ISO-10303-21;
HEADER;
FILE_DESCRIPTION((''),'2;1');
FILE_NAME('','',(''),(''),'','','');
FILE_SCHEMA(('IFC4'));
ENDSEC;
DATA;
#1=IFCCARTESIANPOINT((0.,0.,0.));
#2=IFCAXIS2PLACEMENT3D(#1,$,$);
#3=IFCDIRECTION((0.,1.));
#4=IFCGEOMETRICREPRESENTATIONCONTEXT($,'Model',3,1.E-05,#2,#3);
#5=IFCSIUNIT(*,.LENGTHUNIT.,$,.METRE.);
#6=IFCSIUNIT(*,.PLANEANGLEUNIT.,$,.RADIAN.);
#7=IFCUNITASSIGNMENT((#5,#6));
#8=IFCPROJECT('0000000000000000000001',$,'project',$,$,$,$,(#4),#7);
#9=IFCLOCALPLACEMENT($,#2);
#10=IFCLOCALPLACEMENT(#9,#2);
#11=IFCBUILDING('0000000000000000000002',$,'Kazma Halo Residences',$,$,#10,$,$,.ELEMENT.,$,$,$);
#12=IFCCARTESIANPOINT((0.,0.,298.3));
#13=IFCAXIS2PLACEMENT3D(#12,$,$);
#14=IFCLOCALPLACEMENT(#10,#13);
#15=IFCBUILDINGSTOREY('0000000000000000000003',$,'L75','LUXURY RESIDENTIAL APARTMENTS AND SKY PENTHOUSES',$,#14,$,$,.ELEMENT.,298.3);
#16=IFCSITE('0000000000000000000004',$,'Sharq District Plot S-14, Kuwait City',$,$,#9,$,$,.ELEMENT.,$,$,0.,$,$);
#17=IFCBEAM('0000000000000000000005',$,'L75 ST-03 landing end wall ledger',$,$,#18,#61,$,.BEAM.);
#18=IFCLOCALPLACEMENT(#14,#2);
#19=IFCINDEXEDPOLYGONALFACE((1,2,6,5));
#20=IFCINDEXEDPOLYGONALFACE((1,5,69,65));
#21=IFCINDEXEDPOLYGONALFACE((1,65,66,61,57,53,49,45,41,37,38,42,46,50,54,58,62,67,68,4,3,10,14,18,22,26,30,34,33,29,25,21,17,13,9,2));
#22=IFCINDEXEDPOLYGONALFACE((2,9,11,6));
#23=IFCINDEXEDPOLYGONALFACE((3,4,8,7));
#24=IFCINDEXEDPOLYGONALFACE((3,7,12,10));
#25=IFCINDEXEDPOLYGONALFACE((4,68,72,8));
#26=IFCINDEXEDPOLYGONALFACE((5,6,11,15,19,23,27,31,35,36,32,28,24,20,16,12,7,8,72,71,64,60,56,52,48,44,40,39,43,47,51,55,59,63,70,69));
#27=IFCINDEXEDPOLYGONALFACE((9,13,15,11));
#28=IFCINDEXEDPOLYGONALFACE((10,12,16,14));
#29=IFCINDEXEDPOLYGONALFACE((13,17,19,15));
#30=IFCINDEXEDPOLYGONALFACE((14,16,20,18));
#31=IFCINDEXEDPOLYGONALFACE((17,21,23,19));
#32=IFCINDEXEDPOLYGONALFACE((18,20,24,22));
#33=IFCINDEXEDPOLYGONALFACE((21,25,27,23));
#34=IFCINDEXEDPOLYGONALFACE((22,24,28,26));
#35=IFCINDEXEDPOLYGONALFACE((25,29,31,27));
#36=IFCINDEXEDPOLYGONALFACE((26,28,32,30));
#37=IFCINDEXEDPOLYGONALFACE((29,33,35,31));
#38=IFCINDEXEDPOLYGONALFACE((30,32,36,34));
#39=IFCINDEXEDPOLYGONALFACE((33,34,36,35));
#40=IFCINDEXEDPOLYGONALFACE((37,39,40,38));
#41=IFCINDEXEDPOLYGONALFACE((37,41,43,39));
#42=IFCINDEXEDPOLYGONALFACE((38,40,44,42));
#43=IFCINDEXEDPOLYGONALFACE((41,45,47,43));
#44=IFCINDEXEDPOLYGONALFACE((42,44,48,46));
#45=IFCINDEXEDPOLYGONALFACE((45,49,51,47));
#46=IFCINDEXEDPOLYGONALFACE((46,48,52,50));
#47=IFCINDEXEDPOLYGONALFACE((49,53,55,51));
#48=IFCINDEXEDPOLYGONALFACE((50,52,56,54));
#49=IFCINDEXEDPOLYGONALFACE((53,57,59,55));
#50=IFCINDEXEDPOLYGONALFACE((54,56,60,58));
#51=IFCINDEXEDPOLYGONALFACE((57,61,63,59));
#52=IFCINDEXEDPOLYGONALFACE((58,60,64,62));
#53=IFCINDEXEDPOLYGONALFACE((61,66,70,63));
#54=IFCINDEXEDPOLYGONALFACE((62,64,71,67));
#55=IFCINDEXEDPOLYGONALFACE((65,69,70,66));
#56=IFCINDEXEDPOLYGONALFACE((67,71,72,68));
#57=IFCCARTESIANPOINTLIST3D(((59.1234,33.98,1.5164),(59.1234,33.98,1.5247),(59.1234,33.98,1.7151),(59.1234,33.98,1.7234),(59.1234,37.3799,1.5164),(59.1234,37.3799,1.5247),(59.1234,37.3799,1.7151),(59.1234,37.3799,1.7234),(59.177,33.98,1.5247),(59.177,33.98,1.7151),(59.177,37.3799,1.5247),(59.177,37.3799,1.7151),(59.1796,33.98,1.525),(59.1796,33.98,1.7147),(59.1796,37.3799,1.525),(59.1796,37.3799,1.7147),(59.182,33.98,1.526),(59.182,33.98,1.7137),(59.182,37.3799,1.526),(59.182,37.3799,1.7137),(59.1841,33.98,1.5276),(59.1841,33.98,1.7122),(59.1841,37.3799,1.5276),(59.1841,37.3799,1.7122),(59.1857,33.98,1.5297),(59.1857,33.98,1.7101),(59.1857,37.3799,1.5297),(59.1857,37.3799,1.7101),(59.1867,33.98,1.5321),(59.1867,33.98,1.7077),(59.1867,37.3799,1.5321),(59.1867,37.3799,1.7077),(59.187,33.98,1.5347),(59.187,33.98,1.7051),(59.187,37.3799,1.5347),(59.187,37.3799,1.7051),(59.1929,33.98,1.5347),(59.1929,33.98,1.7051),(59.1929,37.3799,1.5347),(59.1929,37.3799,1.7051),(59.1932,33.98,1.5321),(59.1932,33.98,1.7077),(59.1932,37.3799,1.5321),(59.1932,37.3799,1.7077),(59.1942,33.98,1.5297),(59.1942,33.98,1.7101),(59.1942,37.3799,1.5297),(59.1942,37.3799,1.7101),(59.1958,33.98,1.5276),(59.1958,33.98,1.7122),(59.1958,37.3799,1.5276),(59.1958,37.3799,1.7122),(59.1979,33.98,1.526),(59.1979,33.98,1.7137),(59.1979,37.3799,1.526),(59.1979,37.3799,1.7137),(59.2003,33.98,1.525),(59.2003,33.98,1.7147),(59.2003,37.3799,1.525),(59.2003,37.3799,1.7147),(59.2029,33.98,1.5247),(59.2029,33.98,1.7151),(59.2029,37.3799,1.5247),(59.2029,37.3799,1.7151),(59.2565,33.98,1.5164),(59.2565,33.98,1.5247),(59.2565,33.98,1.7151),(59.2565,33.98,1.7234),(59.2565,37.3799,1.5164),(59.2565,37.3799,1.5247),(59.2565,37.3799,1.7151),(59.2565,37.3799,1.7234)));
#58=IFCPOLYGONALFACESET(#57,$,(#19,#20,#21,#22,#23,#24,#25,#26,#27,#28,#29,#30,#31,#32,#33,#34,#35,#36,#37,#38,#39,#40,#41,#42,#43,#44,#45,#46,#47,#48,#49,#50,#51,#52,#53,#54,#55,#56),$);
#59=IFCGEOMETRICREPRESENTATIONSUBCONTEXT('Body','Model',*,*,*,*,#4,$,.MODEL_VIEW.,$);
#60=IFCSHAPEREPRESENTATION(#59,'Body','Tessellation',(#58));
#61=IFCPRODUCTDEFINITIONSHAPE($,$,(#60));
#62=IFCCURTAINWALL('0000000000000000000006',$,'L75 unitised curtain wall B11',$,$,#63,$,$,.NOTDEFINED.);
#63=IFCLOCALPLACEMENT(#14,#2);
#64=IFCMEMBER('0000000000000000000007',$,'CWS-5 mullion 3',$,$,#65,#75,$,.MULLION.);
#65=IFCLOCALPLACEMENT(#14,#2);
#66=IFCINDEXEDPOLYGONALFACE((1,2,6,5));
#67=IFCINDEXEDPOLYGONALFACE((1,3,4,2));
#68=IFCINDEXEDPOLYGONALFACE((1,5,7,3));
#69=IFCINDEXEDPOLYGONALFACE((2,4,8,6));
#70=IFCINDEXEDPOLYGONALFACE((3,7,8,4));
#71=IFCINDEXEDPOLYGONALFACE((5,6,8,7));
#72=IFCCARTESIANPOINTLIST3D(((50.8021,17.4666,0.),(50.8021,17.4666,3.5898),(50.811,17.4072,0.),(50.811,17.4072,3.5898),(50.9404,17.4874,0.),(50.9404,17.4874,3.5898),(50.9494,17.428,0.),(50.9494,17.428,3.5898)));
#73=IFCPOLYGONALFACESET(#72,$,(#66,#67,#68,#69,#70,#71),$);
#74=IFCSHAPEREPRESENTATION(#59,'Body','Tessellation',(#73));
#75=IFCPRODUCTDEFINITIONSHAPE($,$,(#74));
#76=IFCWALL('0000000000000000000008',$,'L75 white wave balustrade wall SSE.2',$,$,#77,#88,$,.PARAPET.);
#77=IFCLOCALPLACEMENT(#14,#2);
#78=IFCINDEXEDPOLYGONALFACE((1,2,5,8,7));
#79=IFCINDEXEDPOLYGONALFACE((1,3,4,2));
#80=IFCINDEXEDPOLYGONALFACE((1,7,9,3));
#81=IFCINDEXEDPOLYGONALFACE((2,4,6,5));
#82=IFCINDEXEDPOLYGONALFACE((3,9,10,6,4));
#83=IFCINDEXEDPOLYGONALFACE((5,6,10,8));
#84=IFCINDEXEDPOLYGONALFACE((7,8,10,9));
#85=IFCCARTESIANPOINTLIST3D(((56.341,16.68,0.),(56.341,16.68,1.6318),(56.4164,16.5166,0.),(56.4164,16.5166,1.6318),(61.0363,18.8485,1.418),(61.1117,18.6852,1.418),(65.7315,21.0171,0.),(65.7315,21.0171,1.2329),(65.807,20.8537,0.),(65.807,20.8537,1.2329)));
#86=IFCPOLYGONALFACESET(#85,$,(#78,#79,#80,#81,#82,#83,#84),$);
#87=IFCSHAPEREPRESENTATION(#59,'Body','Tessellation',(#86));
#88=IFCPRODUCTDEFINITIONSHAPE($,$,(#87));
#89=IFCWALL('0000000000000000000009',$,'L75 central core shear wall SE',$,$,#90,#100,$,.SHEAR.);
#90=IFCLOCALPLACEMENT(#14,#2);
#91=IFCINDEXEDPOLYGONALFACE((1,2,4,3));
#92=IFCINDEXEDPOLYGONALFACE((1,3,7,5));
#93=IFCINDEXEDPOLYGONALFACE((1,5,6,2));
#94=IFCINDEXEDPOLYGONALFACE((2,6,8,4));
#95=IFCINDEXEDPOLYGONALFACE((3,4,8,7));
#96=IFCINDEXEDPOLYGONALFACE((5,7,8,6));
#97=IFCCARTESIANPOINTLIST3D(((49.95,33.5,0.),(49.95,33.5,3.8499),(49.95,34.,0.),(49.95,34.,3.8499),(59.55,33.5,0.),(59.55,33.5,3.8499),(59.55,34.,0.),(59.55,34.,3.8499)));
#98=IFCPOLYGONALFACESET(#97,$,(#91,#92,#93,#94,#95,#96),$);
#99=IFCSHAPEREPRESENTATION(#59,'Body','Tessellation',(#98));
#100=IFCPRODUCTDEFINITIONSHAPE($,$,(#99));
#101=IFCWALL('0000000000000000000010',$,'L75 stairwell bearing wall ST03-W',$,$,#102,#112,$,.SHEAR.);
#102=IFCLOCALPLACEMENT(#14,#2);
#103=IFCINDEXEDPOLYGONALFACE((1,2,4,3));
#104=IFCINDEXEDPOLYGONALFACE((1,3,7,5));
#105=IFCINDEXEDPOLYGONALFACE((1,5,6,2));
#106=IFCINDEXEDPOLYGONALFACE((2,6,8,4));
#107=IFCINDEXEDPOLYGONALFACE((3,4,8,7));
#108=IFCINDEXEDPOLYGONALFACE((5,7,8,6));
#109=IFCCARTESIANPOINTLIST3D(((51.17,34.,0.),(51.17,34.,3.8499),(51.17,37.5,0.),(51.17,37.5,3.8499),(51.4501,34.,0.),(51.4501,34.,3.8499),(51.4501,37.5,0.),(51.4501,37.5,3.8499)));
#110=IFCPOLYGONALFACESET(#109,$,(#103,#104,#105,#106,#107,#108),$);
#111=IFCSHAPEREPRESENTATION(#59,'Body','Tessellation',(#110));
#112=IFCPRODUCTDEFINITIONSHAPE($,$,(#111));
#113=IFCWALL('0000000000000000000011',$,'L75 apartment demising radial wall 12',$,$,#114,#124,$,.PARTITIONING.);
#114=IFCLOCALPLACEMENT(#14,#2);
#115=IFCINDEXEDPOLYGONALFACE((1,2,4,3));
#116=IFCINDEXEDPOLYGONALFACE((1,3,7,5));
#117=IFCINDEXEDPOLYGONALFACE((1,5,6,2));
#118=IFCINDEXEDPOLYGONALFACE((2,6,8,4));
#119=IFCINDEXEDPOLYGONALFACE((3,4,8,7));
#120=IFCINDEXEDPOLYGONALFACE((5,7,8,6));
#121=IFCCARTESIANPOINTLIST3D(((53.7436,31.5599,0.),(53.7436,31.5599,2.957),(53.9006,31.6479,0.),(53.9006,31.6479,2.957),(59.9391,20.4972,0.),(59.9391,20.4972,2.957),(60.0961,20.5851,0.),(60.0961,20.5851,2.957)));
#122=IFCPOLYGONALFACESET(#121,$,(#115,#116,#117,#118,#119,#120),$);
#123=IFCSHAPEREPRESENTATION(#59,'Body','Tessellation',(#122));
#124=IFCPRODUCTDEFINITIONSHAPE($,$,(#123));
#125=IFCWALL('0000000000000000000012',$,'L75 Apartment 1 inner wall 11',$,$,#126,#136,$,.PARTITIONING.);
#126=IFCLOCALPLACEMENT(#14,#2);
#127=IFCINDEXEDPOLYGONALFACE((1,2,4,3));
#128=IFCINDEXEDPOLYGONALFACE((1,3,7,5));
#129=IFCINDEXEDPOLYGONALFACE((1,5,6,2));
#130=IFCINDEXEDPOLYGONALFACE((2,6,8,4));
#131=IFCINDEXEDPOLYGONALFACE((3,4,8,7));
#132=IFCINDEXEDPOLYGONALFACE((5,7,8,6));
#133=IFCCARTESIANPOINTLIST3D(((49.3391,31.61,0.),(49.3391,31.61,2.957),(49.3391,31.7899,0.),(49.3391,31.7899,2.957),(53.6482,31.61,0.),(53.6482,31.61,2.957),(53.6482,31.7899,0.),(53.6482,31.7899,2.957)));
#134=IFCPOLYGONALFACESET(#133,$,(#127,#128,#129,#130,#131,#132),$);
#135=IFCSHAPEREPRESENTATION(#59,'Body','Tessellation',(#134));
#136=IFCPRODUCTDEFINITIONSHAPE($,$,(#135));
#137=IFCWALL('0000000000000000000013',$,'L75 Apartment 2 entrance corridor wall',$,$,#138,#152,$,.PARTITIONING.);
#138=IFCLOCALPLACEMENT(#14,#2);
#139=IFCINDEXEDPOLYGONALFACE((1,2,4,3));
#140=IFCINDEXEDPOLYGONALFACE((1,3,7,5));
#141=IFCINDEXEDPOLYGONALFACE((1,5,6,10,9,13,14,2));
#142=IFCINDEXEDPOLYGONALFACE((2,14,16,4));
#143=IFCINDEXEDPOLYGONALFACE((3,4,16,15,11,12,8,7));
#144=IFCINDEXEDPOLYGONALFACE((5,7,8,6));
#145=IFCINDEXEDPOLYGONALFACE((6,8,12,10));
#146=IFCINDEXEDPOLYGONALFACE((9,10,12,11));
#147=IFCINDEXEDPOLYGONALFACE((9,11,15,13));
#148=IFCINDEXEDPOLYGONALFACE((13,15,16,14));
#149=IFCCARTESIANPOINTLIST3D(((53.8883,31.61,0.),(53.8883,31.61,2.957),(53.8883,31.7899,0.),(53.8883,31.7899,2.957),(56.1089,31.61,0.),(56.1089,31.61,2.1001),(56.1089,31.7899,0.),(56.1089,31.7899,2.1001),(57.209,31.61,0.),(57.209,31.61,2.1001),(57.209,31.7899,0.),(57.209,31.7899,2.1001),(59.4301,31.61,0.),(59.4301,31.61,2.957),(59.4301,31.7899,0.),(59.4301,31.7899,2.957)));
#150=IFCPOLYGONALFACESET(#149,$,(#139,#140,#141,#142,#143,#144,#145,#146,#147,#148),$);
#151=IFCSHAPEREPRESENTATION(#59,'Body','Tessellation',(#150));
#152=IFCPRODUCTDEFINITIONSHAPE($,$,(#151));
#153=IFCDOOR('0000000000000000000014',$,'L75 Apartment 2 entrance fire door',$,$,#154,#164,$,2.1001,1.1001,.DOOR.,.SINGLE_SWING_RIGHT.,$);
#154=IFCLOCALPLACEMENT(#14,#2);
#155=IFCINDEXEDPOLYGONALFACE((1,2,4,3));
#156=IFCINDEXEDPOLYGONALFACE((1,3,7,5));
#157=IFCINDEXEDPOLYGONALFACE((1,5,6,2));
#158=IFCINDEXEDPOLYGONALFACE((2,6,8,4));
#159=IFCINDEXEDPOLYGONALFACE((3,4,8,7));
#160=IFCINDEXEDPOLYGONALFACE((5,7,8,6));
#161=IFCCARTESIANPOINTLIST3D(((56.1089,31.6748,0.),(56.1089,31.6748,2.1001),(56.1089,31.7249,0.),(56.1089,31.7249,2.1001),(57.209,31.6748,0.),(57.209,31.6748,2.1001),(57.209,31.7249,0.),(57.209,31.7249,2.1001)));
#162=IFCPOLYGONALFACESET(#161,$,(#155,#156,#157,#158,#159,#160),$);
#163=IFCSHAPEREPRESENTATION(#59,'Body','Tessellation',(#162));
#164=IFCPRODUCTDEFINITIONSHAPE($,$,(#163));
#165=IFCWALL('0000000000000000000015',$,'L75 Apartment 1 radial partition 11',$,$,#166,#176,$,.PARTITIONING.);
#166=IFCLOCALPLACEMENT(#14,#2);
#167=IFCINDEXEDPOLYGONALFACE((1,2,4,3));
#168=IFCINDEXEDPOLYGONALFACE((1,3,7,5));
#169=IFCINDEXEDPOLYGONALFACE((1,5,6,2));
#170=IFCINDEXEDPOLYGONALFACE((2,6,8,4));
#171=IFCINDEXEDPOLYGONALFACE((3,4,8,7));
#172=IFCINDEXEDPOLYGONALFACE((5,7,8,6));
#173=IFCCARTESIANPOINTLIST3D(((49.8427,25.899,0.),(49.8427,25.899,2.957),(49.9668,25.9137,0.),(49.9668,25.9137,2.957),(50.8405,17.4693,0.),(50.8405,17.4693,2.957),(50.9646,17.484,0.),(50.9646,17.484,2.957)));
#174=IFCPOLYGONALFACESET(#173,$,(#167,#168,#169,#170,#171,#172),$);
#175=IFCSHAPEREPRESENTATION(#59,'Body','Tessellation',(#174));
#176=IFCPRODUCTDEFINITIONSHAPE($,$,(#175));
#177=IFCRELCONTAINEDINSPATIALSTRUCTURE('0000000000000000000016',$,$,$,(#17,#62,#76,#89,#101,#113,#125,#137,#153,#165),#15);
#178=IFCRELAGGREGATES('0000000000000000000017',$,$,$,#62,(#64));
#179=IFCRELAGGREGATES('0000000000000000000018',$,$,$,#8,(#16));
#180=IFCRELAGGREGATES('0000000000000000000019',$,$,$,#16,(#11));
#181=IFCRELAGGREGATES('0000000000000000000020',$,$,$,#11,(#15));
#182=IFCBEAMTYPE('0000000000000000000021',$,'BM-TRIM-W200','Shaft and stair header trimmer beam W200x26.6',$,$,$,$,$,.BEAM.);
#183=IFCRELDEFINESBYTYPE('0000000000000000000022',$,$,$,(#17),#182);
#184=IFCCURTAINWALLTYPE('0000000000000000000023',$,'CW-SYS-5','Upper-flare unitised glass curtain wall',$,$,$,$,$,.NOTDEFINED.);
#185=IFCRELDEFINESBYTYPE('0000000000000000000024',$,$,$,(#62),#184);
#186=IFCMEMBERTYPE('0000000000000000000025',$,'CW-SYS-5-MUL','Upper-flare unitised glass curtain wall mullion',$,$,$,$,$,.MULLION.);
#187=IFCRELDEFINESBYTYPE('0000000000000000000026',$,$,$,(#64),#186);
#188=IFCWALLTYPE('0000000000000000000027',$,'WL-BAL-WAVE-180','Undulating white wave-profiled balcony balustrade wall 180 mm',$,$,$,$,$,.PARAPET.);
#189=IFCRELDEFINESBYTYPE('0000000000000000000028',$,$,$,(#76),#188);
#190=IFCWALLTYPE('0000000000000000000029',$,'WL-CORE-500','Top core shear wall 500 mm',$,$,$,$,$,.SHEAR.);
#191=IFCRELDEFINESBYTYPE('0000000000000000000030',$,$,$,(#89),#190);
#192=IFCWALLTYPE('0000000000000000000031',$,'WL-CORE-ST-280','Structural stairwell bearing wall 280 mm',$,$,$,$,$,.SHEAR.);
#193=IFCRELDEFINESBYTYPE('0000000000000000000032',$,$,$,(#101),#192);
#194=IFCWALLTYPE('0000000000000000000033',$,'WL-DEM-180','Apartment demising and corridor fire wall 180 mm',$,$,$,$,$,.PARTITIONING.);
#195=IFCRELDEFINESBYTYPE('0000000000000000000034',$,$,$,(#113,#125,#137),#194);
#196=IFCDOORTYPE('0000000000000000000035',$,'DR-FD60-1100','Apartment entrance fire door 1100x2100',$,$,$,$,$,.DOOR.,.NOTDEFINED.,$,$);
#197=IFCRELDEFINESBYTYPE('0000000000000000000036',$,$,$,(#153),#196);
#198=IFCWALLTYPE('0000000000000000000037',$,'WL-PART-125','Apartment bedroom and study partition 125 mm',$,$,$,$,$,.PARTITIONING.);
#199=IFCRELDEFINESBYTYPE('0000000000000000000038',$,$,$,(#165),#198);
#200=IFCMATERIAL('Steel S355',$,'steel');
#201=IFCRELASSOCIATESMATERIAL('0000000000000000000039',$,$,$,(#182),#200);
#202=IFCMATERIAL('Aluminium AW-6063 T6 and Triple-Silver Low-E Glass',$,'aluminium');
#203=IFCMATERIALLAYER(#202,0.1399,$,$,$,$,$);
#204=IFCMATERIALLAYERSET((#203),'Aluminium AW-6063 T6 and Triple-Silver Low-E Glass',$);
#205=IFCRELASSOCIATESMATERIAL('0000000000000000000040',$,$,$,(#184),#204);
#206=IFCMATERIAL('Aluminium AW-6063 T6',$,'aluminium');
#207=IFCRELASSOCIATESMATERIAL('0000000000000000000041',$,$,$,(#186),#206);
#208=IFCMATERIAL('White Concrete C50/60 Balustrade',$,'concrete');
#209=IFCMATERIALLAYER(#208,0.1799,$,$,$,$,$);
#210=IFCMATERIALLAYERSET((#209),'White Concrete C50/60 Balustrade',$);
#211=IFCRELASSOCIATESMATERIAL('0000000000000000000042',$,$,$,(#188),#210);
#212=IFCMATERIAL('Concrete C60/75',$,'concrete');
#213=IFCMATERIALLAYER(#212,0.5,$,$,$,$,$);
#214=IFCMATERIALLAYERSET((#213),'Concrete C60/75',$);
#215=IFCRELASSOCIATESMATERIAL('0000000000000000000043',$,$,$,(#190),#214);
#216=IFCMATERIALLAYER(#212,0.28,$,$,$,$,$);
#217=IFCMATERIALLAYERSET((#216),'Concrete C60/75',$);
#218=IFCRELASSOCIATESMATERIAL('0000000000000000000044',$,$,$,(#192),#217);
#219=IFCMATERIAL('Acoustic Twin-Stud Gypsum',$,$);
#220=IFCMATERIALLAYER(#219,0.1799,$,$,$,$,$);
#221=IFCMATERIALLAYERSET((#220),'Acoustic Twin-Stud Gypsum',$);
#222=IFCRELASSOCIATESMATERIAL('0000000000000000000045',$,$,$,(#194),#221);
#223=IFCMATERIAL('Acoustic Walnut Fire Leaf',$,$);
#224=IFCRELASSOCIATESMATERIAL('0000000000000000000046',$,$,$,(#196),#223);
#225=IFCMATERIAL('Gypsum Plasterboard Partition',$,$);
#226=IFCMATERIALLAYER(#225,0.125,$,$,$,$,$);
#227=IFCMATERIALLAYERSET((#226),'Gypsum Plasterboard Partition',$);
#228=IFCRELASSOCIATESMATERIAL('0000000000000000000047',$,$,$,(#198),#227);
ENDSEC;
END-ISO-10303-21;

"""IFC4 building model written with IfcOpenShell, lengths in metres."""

from ifc_helpers import new_model, si_unit, direction, frame, frame_2d, origin, origin_2d, place, context, subcontext, project, spatial, polyline, rectangle, i_section, outline, extrude, material, layer, layer_set, material_profile, profile_set, type_object, element, fill, aggregate, save


model = new_model("IFC4")

# Units and contexts
model_context = context("Model", 3, precision=1e-05, world=origin(), true_north=direction((0.0, 1.0)))
body_context = subcontext(model_context, "Body", "Model", "MODEL_VIEW")
ifc_project = project(units=[si_unit("LENGTHUNIT", "METRE"), si_unit("PLANEANGLEUNIT", "RADIAN")], contexts=[model_context])

# Site, building, storey
site_placement = place(None, origin())
site = spatial("IfcSite", under=ifc_project, at=site_placement, Name="Sharq District Plot S-14, Kuwait City", CompositionType="ELEMENT", RefElevation=0.0)
building_placement = place(site_placement, origin())
building = spatial("IfcBuilding", under=site, at=building_placement, Name="Kazma Halo Residences", CompositionType="ELEMENT")
storey_placement = place(building_placement, frame((0.0, 0.0, 298.3)))
storey = spatial("IfcBuildingStorey", under=building, at=storey_placement, Name="L75", Description="LUXURY RESIDENTIAL APARTMENTS AND SKY PENTHOUSES", CompositionType="ELEMENT", Elevation=298.3)

# Shared definitions
ifc_material_1 = material(Name="Concrete C60/75", Category="concrete")

# Beam
ifc_material_2 = material(Name="Steel S355", Category="steel")
ifc_material_profile_1 = material_profile(ifc_material_2, i_section(OverallWidth=0.1331, OverallDepth=0.207, WebThickness=0.0059, FlangeThickness=0.0083, FilletRadius=0.01, at=origin_2d()), Name="W200x26.6")
ifc_profile_set_1 = profile_set([ifc_material_profile_1], Name="Steel S355")
beam_type_1 = type_object("IfcBeamType", Name="BM-TRIM-W200", Description="Shaft and stair header trimmer beam W200x26.6", PredefinedType="BEAM", material=ifc_profile_set_1)
beam_1_placement = place(storey_placement, frame((59.1899, 33.98, 1.6199), z_axis=(0.0, 1.0, 0.0), x_axis=(-1.0, 0.0, 0.0)))
element("IfcBeam", 1, at=beam_1_placement, inside=storey, type_object=beam_type_1, Name="L75 ST-03 landing end wall ledger", PredefinedType="BEAM", context=body_context, shape_type="SweptSolid", body=[
    extrude(i_section(OverallWidth=0.1331, OverallDepth=0.207, WebThickness=0.0059, FlangeThickness=0.0083, FilletRadius=0.01, at=origin_2d()), origin(), (0.0, 0.0, 1.0), 3.3999),
])

# Curtain wall, member
ifc_material_3 = material(Name="Aluminium AW-6063 T6 and Triple-Silver Low-E Glass", Category="aluminium")
ifc_layer_1 = layer(ifc_material_3, 0.1399)
ifc_layer_set_1 = layer_set([ifc_layer_1], Name="Aluminium AW-6063 T6 and Triple-Silver Low-E Glass")
curtain_wall_type = type_object("IfcCurtainWallType", Name="CW-SYS-5", Description="Upper-flare unitised glass curtain wall", PredefinedType="NOTDEFINED", material=ifc_layer_set_1)
curtain_wall_placement = place(storey_placement, origin())
curtain_wall = element("IfcCurtainWall", 2, at=curtain_wall_placement, inside=storey, type_object=curtain_wall_type, Name="L75 unitised curtain wall B11", PredefinedType="NOTDEFINED")
ifc_material_4 = material(Name="Aluminium AW-6063 T6", Category="aluminium")
ifc_material_profile_2 = material_profile(ifc_material_4, rectangle(XDim=0.0601, YDim=0.1399, at=origin_2d()), Name="CWM-60x140")
ifc_profile_set_2 = profile_set([ifc_material_profile_2], Name="Aluminium AW-6063 T6")
member_type = type_object("IfcMemberType", Name="CW-SYS-5-MUL", Description="Upper-flare unitised glass curtain wall mullion", PredefinedType="MULLION", material=ifc_profile_set_2)
member_placement = place(storey_placement, frame((50.8757, 17.4473, 0.0), z_axis=(0.0, 0.0, 1.0), x_axis=(-0.148697, 0.988883, 0.0)))
member = element("IfcMember", 3, at=member_placement, type_object=member_type, Name="CWS-5 mullion 3", PredefinedType="MULLION", context=body_context, shape_type="SweptSolid", body=[
    extrude(rectangle(XDim=0.0601, YDim=0.1399, at=origin_2d()), origin(), (0.0, 0.0, 1.0), 3.5898),
])
aggregate(curtain_wall, [member])

# Walls
ifc_material_5 = material(Name="White Concrete C50/60 Balustrade", Category="concrete")
ifc_layer_2 = layer(ifc_material_5, 0.1799)
ifc_layer_set_2 = layer_set([ifc_layer_2], Name="White Concrete C50/60 Balustrade")
wall_type_1 = type_object("IfcWallType", Name="WL-BAL-WAVE-180", Description="Undulating white wave-profiled balcony balustrade wall 180 mm", PredefinedType="PARAPET", material=ifc_layer_set_2)
wall_1_placement = place(storey_placement, frame((56.3787, 16.5984, 0.0), z_axis=(0.0, 0.0, 1.0), x_axis=(0.907848, 0.419299, 0.0)))
element("IfcWall", 4, at=wall_1_placement, inside=storey, type_object=wall_type_1, Name="L75 white wave balustrade wall SSE.2", PredefinedType="PARAPET", context=body_context, shape_type="SweptSolid", body=[
    extrude(outline(polyline([(0.0, 0.0), (10.3438, 0.0), (10.3438, 1.2329), (5.1719, 1.418), (0.0, 1.6318), (0.0, 0.0)])), frame((0.0, 0.0898, 0.0), z_axis=(0.0, -1.0, 0.0), x_axis=(1.0, 0.0, 0.0)), (0.0, 0.0, 1.0), 0.1799),
])
ifc_layer_3 = layer(ifc_material_1, 0.5)
ifc_layer_set_3 = layer_set([ifc_layer_3], Name="Concrete C60/75")
wall_type_2 = type_object("IfcWallType", Name="WL-CORE-500", Description="Top core shear wall 500 mm", PredefinedType="SHEAR", material=ifc_layer_set_3)
wall_2_placement = place(storey_placement, frame((49.95, 33.75, 0.0), z_axis=(0.0, 0.0, 1.0), x_axis=(1.0, 0.0, 0.0)))
element("IfcWall", 5, at=wall_2_placement, inside=storey, type_object=wall_type_2, Name="L75 central core shear wall SE", PredefinedType="SHEAR", context=body_context, shape_type="SweptSolid", body=[
    extrude(rectangle(XDim=9.6001, YDim=0.5, at=frame_2d((4.8, 0.0))), origin(), (0.0, 0.0, 1.0), 3.8499),
])
ifc_layer_4 = layer(ifc_material_1, 0.28)
ifc_layer_set_4 = layer_set([ifc_layer_4], Name="Concrete C60/75")
wall_type_3 = type_object("IfcWallType", Name="WL-CORE-ST-280", Description="Structural stairwell bearing wall 280 mm", PredefinedType="SHEAR", material=ifc_layer_set_4)
wall_3_placement = place(storey_placement, frame((51.3101, 34.0, 0.0), z_axis=(0.0, 0.0, 1.0), x_axis=(0.0, 1.0, 0.0)))
element("IfcWall", 6, at=wall_3_placement, inside=storey, type_object=wall_type_3, Name="L75 stairwell bearing wall ST03-W", PredefinedType="SHEAR", context=body_context, shape_type="SweptSolid", body=[
    extrude(rectangle(XDim=3.5, YDim=0.28, at=frame_2d((1.75, 0.0))), origin(), (0.0, 0.0, 1.0), 3.8499),
])
ifc_material_6 = material(Name="Acoustic Twin-Stud Gypsum")
ifc_layer_5 = layer(ifc_material_6, 0.1799)
ifc_layer_set_5 = layer_set([ifc_layer_5], Name="Acoustic Twin-Stud Gypsum")
wall_type_4 = type_object("IfcWallType", Name="WL-DEM-180", Description="Apartment demising and corridor fire wall 180 mm", PredefinedType="PARTITIONING", material=ifc_layer_set_5)
wall_4_placement = place(storey_placement, frame((53.822, 31.604, 0.0), z_axis=(0.0, 0.0, 1.0), x_axis=(0.488629, -0.872492, 0.0)))
element("IfcWall", 7, at=wall_4_placement, inside=storey, type_object=wall_type_4, Name="L75 apartment demising radial wall 12", PredefinedType="PARTITIONING", context=body_context, shape_type="SweptSolid", body=[
    extrude(rectangle(XDim=12.6794, YDim=0.1799, at=frame_2d((6.3398, 0.0))), origin(), (0.0, 0.0, 1.0), 2.957),
])
wall_5_placement = place(storey_placement, frame((49.3391, 31.7, 0.0), z_axis=(0.0, 0.0, 1.0), x_axis=(1.0, 0.0, 0.0)))
element("IfcWall", 8, at=wall_5_placement, inside=storey, type_object=wall_type_4, Name="L75 Apartment 1 inner wall 11", PredefinedType="PARTITIONING", context=body_context, shape_type="SweptSolid", body=[
    extrude(rectangle(XDim=4.3091, YDim=0.1799, at=frame_2d((2.1545, 0.0))), origin(), (0.0, 0.0, 1.0), 2.957),
])

# Wall, opening, door
wall_6_placement = place(storey_placement, frame((53.8882, 31.7, 0.0), z_axis=(0.0, 0.0, 1.0), x_axis=(1.0, 0.0, 0.0)))
wall_6 = element("IfcWall", 9, at=wall_6_placement, inside=storey, type_object=wall_type_4, Name="L75 Apartment 2 entrance corridor wall", PredefinedType="PARTITIONING", context=body_context, shape_type="SweptSolid", body=[
    extrude(rectangle(XDim=5.5417, YDim=0.1799, at=frame_2d((2.771, 0.0))), origin(), (0.0, 0.0, 1.0), 2.957),
])
opening_1_placement = place(wall_6_placement, frame((2.2207, 0.0, 0.0)))
opening_1 = element("IfcOpeningElement", 10, at=opening_1_placement, cuts=wall_6, PredefinedType="OPENING", context=body_context, shape_type="SweptSolid", body=[
    extrude(rectangle(XDim=1.1001, YDim=2.1001, at=frame_2d((0.55, 1.05))), frame((0.0, 0.0999, 0.0), z_axis=(0.0, -1.0, 0.0), x_axis=(1.0, 0.0, 0.0)), (0.0, 0.0, 1.0), 0.2),
])
ifc_material_7 = material(Name="Acoustic Walnut Fire Leaf")
door_type_1 = type_object("IfcDoorType", Name="DR-FD60-1100", Description="Apartment entrance fire door 1100x2100", OperationType="NOTDEFINED", PredefinedType="DOOR", material=ifc_material_7)
door_1_placement = place(opening_1_placement, origin())
door_1 = element("IfcDoor", 11, at=door_1_placement, inside=storey, type_object=door_type_1, Name="L75 Apartment 2 entrance fire door", OperationType="SINGLE_SWING_RIGHT", OverallHeight=2.1001, OverallWidth=1.1001, PredefinedType="DOOR", context=body_context, shape_type="SweptSolid", body=[
    extrude(rectangle(XDim=1.1001, YDim=2.1001, at=frame_2d((0.55, 1.05))), frame((0.0, 0.0249, 0.0), z_axis=(0.0, -1.0, 0.0), x_axis=(1.0, 0.0, 0.0)), (0.0, 0.0, 1.0), 0.05),
])
fill(opening_1, door_1)

# Wall
ifc_material_8 = material(Name="Gypsum Plasterboard Partition")
ifc_layer_6 = layer(ifc_material_8, 0.125)
ifc_layer_set_6 = layer_set([ifc_layer_6], Name="Gypsum Plasterboard Partition")
wall_type_5 = type_object("IfcWallType", Name="WL-PART-125", Description="Apartment bedroom and study partition 125 mm", PredefinedType="PARTITIONING", material=ifc_layer_set_6)
wall_7_placement = place(storey_placement, frame((49.9048, 25.9062, 0.0), z_axis=(0.0, 0.0, 1.0), x_axis=(0.117547, -0.993067, 0.0)))
element("IfcWall", 12, at=wall_7_placement, inside=storey, type_object=wall_type_5, Name="L75 Apartment 1 radial partition 11", PredefinedType="PARTITIONING", context=body_context, shape_type="SweptSolid", body=[
    extrude(rectangle(XDim=8.4885, YDim=0.125, at=frame_2d((4.2441, 0.0))), origin(), (0.0, 0.0, 1.0), 2.957),
])

save(model, "model.ifc")
